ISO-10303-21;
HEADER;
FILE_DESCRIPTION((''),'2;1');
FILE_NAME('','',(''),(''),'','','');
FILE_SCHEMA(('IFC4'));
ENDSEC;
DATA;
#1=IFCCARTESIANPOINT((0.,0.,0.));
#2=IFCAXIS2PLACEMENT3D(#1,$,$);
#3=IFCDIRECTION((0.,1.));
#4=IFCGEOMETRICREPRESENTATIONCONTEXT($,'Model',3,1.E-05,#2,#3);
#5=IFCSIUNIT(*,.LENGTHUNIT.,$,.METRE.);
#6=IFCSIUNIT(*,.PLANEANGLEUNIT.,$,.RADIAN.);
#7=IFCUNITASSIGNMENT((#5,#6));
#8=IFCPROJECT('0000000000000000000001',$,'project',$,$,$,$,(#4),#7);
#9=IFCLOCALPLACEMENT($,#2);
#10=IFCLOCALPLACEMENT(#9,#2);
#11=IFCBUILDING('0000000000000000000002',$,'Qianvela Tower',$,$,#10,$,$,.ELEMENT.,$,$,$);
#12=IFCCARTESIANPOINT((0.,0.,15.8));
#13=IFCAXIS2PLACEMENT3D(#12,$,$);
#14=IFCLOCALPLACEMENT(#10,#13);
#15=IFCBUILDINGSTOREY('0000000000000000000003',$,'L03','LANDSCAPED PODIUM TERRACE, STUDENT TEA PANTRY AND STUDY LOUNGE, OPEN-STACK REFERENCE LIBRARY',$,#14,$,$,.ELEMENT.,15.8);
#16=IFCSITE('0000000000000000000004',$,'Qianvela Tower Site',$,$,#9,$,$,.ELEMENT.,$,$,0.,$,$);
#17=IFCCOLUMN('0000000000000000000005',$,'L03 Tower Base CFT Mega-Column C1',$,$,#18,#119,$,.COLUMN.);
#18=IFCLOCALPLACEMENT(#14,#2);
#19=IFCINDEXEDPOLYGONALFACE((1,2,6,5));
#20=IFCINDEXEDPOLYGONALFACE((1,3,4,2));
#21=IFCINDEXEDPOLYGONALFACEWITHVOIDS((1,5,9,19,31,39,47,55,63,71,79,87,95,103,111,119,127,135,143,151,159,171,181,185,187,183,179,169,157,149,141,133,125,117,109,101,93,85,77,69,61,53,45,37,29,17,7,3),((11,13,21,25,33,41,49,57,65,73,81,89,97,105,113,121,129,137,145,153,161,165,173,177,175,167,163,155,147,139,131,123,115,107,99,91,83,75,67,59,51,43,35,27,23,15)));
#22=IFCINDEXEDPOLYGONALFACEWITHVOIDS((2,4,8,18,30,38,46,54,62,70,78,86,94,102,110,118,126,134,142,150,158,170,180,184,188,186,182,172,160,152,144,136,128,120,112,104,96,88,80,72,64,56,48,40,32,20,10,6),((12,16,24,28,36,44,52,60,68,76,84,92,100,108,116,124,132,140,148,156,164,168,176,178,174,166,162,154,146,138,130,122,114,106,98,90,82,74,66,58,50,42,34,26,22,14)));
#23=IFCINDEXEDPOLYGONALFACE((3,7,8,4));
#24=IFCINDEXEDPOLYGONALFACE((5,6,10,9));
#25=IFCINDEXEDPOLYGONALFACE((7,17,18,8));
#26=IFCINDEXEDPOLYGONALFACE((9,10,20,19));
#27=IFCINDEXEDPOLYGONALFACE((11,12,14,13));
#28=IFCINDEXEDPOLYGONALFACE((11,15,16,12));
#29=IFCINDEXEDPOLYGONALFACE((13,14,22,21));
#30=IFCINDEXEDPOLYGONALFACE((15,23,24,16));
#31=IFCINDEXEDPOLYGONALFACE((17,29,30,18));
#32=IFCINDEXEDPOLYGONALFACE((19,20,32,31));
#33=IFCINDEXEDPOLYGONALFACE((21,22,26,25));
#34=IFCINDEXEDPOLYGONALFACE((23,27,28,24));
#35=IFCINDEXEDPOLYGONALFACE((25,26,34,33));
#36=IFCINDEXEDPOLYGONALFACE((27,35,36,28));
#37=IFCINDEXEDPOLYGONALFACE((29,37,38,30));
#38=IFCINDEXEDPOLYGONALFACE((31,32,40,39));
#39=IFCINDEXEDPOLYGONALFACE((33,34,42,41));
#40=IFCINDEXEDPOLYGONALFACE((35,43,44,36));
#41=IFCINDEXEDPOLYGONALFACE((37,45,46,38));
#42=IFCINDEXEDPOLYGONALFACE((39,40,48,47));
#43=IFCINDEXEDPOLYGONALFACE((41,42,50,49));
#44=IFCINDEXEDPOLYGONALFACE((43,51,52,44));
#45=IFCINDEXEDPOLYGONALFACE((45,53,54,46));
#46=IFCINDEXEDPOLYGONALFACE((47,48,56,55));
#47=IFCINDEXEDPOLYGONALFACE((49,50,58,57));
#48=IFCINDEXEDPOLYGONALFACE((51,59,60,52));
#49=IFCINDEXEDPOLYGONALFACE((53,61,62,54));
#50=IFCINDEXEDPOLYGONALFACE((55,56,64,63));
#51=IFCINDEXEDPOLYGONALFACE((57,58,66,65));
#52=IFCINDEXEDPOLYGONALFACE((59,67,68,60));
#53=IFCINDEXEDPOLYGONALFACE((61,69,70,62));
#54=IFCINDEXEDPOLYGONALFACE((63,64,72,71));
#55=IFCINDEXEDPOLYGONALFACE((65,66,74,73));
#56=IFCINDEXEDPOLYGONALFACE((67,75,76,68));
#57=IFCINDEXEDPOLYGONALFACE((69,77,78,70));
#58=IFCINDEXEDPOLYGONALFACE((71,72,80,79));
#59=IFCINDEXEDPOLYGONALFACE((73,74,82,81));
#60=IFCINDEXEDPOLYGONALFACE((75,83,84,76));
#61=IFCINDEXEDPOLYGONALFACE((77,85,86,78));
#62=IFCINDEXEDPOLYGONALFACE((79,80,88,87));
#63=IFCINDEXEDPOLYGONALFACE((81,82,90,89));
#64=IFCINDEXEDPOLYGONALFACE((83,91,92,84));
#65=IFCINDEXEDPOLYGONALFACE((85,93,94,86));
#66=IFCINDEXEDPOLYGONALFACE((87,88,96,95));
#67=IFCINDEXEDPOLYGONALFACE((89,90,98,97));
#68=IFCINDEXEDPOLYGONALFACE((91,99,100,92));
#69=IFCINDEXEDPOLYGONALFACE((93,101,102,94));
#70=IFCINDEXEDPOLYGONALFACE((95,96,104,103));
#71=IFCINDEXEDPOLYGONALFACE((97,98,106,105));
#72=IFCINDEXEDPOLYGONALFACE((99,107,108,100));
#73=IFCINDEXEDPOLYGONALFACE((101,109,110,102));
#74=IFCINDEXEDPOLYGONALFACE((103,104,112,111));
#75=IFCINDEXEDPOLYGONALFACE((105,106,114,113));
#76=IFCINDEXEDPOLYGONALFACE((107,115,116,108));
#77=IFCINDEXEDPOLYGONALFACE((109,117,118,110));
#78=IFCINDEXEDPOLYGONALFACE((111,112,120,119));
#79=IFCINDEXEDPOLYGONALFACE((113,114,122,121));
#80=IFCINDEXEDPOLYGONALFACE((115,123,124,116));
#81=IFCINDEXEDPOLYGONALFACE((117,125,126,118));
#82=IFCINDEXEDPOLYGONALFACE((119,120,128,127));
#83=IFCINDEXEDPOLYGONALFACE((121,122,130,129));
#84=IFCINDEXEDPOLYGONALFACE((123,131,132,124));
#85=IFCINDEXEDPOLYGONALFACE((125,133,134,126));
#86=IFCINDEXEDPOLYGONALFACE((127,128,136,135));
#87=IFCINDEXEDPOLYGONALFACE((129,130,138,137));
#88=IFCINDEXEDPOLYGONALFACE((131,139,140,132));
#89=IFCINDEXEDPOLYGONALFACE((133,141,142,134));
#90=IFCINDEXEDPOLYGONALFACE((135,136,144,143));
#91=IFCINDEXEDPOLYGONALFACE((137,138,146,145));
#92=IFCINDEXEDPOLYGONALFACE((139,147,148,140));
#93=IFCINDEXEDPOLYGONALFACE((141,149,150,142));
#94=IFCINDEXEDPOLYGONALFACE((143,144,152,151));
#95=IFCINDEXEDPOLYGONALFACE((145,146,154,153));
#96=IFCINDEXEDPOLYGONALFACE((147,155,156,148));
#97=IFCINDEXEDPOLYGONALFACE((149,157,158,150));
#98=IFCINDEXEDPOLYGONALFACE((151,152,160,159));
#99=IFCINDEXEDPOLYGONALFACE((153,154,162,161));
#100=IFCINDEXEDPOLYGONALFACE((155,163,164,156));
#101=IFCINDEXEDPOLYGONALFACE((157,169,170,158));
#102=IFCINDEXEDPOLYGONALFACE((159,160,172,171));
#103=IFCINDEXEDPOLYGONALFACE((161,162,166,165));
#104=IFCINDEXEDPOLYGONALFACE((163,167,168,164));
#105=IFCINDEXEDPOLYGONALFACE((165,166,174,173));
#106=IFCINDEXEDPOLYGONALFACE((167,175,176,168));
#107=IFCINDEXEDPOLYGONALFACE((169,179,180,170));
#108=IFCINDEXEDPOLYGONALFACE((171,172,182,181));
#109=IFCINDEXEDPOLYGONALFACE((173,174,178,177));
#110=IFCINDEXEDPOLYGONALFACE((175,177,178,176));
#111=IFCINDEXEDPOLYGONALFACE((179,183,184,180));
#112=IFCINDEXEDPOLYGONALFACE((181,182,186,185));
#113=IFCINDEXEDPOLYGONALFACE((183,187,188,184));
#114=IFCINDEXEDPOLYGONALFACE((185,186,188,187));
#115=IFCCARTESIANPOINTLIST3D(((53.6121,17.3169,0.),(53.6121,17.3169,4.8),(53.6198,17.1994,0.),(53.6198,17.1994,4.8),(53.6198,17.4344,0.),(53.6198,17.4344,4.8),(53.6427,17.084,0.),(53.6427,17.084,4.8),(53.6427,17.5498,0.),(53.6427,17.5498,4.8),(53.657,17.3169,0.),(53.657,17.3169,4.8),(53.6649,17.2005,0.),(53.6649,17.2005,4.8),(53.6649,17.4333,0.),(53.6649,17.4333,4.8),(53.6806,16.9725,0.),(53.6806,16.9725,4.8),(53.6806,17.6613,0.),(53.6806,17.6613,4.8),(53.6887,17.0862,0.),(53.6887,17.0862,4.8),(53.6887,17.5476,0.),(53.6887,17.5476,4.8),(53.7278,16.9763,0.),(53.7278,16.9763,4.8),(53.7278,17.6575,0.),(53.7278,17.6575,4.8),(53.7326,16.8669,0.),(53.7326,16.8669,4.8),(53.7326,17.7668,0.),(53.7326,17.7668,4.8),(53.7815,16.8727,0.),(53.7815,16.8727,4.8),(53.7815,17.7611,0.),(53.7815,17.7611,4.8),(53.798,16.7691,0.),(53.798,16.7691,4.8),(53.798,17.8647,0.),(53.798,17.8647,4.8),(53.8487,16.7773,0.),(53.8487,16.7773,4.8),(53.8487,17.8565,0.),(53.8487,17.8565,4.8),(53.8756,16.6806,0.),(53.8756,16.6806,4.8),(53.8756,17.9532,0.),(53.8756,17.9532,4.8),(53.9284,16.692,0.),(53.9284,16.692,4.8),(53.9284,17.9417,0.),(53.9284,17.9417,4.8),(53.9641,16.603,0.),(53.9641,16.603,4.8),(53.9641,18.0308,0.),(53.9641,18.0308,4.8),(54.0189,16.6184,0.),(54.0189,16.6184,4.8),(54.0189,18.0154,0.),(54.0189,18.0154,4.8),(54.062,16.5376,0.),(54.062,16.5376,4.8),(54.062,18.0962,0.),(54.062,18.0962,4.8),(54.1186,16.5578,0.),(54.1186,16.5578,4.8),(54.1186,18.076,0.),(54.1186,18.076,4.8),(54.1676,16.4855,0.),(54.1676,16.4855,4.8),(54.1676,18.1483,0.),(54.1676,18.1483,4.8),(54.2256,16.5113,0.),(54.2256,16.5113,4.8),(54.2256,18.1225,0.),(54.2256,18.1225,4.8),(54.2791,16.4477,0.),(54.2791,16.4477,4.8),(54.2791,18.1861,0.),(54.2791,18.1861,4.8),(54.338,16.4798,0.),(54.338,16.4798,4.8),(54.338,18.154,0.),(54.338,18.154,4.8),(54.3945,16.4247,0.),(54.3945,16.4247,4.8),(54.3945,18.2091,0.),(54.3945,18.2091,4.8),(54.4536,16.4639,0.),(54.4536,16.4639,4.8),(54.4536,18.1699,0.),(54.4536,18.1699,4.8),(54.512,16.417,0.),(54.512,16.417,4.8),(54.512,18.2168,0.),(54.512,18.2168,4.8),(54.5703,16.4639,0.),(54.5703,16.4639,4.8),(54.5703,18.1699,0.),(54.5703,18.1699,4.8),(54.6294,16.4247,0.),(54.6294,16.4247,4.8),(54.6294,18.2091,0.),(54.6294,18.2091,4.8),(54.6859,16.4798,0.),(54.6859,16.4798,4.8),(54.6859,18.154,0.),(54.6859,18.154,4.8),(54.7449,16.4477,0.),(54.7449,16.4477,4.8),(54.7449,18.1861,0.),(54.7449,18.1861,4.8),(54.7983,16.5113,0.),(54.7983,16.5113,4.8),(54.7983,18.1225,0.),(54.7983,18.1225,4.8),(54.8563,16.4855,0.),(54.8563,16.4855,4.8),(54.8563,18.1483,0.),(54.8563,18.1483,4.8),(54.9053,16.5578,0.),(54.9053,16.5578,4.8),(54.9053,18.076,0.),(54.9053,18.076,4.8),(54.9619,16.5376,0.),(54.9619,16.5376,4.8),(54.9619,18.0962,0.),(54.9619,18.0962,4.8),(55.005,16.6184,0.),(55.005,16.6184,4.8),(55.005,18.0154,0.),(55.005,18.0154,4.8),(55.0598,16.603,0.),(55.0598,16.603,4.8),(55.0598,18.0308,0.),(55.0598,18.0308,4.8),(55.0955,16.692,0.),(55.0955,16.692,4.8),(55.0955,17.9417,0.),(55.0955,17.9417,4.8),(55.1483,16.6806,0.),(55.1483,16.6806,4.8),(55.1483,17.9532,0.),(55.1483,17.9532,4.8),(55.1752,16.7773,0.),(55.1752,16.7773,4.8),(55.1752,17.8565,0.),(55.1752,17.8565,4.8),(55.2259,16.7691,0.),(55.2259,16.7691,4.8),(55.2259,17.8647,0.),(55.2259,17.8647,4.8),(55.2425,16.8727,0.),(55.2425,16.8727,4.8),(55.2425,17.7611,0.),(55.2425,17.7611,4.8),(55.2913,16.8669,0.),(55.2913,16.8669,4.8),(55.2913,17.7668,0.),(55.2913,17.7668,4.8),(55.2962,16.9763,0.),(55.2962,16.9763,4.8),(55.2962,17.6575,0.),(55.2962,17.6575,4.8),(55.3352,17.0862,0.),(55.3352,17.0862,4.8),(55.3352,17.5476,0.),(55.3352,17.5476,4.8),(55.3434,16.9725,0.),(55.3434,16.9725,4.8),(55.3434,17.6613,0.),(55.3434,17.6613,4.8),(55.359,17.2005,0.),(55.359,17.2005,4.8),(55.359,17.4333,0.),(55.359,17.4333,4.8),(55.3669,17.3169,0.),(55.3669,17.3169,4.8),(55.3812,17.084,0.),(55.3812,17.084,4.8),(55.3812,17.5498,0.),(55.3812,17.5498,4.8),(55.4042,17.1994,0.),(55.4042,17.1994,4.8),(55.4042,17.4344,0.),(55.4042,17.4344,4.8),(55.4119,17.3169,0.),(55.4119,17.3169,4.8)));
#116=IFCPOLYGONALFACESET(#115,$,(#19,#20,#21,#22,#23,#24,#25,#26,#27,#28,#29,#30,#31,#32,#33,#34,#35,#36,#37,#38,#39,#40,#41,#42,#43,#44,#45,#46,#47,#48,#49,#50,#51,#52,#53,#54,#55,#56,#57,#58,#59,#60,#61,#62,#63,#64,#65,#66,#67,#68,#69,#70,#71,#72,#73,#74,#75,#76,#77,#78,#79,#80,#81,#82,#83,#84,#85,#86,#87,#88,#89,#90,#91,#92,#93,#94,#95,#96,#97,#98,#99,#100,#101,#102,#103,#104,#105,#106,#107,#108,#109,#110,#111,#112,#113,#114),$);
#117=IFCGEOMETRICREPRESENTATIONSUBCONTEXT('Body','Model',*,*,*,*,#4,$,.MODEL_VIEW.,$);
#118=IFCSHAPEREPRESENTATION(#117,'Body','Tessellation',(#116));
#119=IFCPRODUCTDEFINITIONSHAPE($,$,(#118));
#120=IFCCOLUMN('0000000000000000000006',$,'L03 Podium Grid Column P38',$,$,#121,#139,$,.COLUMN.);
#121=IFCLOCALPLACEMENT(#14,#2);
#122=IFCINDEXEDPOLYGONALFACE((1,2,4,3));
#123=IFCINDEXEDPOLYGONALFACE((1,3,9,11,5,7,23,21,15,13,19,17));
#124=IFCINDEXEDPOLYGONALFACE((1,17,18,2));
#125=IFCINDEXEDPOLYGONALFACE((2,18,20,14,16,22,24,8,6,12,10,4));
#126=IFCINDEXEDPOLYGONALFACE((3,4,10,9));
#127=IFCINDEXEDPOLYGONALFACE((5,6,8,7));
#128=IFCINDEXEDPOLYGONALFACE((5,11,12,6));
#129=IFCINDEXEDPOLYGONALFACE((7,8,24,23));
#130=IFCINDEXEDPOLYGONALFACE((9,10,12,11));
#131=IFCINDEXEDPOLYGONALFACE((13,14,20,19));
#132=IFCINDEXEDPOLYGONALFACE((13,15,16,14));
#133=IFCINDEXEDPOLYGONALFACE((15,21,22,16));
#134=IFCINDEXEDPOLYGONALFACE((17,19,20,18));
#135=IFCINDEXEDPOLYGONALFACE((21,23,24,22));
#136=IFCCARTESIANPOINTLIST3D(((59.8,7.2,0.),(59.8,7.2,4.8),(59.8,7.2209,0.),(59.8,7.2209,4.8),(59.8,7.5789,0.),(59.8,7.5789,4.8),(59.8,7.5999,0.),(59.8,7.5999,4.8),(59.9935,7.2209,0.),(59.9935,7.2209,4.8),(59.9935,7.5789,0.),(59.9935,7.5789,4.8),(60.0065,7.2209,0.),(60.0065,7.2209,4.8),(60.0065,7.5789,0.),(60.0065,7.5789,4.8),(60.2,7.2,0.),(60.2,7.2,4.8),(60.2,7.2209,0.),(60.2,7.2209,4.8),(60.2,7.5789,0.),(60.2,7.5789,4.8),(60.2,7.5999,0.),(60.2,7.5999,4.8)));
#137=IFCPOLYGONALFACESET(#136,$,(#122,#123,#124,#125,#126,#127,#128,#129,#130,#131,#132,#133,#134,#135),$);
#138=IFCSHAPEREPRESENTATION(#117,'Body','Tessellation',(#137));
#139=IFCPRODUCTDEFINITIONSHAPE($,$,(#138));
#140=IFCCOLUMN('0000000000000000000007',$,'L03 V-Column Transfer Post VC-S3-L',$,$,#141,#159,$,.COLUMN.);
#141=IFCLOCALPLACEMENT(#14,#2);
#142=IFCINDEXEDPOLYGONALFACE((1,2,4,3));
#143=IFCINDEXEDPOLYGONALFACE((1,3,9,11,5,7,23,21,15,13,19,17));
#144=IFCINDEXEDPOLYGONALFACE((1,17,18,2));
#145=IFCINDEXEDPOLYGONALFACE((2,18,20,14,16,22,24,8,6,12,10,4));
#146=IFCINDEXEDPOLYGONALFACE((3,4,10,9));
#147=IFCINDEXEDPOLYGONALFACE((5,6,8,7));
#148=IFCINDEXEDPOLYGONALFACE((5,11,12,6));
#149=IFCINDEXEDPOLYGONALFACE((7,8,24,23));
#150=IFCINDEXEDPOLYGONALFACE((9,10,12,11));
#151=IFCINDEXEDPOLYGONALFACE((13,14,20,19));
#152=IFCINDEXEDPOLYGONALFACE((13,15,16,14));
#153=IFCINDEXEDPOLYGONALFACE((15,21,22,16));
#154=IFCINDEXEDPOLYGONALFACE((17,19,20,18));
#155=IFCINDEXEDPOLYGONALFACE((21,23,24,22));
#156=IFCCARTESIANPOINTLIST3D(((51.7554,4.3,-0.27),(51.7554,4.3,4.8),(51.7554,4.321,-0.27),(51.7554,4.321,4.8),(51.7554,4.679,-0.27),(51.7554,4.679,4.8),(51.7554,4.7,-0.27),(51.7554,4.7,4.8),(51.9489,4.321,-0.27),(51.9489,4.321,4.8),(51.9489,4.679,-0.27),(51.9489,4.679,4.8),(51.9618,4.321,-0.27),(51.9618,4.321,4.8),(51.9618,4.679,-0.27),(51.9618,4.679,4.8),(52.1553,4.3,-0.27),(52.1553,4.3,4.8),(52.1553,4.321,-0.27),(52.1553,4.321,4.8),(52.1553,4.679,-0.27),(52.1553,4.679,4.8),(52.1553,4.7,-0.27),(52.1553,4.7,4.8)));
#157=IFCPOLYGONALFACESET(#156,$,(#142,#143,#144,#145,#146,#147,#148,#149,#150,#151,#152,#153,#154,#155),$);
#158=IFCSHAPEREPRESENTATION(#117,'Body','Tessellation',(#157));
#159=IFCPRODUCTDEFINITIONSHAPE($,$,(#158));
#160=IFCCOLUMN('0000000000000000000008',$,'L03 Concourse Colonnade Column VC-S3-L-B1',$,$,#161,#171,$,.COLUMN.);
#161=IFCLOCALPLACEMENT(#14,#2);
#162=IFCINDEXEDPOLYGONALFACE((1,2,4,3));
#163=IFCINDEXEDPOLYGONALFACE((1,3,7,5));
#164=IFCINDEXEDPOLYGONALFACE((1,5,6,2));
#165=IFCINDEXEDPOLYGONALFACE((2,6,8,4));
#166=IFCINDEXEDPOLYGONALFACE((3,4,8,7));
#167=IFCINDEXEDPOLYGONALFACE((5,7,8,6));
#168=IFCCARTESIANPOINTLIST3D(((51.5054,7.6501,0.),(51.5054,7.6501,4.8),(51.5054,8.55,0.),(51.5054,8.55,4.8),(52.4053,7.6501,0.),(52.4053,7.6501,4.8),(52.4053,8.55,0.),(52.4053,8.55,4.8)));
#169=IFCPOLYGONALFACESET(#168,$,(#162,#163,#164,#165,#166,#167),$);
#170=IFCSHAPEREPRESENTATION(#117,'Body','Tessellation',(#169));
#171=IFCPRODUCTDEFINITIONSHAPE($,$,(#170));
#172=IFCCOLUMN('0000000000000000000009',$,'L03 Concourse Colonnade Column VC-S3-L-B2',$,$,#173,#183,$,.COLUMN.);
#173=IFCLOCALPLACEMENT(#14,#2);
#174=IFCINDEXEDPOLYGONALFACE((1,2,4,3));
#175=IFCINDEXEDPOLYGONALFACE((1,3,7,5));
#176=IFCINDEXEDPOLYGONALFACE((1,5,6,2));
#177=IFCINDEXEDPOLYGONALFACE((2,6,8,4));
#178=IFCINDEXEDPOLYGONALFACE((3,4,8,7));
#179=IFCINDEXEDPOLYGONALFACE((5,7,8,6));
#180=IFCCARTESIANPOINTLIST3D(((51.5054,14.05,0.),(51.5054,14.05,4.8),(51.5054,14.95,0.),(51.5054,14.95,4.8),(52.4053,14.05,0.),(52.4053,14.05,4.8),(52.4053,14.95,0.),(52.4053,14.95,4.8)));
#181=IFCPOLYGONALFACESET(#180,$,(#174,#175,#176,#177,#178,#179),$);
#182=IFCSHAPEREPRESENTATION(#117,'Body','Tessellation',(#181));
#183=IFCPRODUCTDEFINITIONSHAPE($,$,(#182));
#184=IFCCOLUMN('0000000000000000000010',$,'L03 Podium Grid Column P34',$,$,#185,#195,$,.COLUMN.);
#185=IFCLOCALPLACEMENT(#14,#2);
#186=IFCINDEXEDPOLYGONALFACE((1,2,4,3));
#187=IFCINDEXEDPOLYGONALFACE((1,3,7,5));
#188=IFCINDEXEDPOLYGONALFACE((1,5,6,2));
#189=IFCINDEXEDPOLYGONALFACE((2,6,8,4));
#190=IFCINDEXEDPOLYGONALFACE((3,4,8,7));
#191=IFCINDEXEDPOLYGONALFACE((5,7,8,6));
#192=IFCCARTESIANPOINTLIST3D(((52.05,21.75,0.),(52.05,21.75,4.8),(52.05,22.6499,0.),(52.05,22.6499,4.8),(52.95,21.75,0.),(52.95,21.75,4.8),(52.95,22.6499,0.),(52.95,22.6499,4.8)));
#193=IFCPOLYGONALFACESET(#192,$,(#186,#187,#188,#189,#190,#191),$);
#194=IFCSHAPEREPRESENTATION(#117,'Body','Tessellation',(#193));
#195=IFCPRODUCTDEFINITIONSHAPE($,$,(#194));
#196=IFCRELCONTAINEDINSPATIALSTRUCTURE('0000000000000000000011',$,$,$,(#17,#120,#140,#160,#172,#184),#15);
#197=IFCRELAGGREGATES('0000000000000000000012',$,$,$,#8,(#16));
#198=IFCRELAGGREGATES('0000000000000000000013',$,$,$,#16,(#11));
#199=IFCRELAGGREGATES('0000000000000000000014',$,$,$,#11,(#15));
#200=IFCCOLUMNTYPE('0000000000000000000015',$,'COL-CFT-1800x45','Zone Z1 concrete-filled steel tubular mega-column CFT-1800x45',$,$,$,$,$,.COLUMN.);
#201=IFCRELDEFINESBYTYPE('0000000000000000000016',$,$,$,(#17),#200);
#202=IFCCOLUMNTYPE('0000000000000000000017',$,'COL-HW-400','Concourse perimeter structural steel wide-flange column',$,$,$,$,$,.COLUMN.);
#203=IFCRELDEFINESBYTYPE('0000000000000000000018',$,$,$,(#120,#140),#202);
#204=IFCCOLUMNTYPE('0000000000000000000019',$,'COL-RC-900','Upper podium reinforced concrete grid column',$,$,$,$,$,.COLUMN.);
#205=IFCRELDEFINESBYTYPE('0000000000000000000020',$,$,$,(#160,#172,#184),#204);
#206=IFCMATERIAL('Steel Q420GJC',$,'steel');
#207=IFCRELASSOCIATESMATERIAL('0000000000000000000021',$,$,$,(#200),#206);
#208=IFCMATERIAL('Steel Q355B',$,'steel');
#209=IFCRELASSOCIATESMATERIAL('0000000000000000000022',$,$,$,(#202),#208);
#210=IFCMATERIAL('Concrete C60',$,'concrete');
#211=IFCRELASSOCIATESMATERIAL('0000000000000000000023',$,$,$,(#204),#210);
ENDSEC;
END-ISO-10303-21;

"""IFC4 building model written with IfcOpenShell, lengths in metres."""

from ifc_helpers import new_model, si_unit, direction, frame, origin, origin_2d, place, context, subcontext, project, spatial, rectangle, hollow_circle, i_section, extrude, material, material_profile, profile_set, type_object, element, save


model = new_model("IFC4")

# Units and contexts
model_context = context("Model", 3, precision=1e-05, world=origin(), true_north=direction((0.0, 1.0)))
body_context = subcontext(model_context, "Body", "Model", "MODEL_VIEW")
ifc_project = project(units=[si_unit("LENGTHUNIT", "METRE"), si_unit("PLANEANGLEUNIT", "RADIAN")], contexts=[model_context])

# Site, building, storey
site_placement = place(None, origin())
site = spatial("IfcSite", under=ifc_project, at=site_placement, Name="Qianvela Tower Site", CompositionType="ELEMENT", RefElevation=0.0)
building_placement = place(site_placement, origin())
building = spatial("IfcBuilding", under=site, at=building_placement, Name="Qianvela Tower", CompositionType="ELEMENT")
storey_placement = place(building_placement, frame((0.0, 0.0, 15.8)))
storey = spatial("IfcBuildingStorey", under=building, at=storey_placement, Name="L03", Description="LANDSCAPED PODIUM TERRACE, STUDENT TEA PANTRY AND STUDY LOUNGE, OPEN-STACK REFERENCE LIBRARY", CompositionType="ELEMENT", Elevation=15.8)

# Columns
ifc_material_1 = material(Name="Steel Q420GJC", Category="steel")
ifc_material_profile_1 = material_profile(ifc_material_1, hollow_circle(Radius=0.8999, WallThickness=0.0449, at=origin_2d()), Name="CFT-1800x45")
ifc_profile_set_1 = profile_set([ifc_material_profile_1], Name="Steel Q420GJC")
column_type_1 = type_object("IfcColumnType", Name="COL-CFT-1800x45", Description="Zone Z1 concrete-filled steel tubular mega-column CFT-1800x45", PredefinedType="COLUMN", material=ifc_profile_set_1)
column_1_placement = place(storey_placement, frame((54.512, 17.3169, 0.0), z_axis=(0.0, 0.0, 1.0), x_axis=(1.0, 0.0, 0.0)))
element("IfcColumn", 1, at=column_1_placement, inside=storey, type_object=column_type_1, Name="L03 Tower Base CFT Mega-Column C1", PredefinedType="COLUMN", context=body_context, shape_type="SweptSolid", body=[
    extrude(hollow_circle(Radius=0.8999, WallThickness=0.0449, at=origin_2d()), origin(), (0.0, 0.0, 1.0), 4.8),
])
ifc_material_2 = material(Name="Steel Q355B", Category="steel")
ifc_material_profile_2 = material_profile(ifc_material_2, i_section(OverallWidth=0.3999, OverallDepth=0.3999, WebThickness=0.0129, FlangeThickness=0.021, at=origin_2d()), Name="HW400x400x13x21")
ifc_profile_set_2 = profile_set([ifc_material_profile_2], Name="Steel Q355B")
column_type_2 = type_object("IfcColumnType", Name="COL-HW-400", Description="Concourse perimeter structural steel wide-flange column", PredefinedType="COLUMN", material=ifc_profile_set_2)
column_2_placement = place(storey_placement, frame((60.0, 7.3999, 0.0), z_axis=(0.0, 0.0, 1.0), x_axis=(1.0, 0.0, 0.0)))
element("IfcColumn", 2, at=column_2_placement, inside=storey, type_object=column_type_2, Name="L03 Podium Grid Column P38", PredefinedType="COLUMN", context=body_context, shape_type="SweptSolid", body=[
    extrude(i_section(OverallWidth=0.3999, OverallDepth=0.3999, WebThickness=0.0129, FlangeThickness=0.021, at=origin_2d()), origin(), (0.0, 0.0, 1.0), 4.8),
])
column_3_placement = place(storey_placement, frame((51.9553, 4.5, -0.27), z_axis=(0.0, 0.0, 1.0), x_axis=(1.0, 0.0, 0.0)))
element("IfcColumn", 3, at=column_3_placement, inside=storey, type_object=column_type_2, Name="L03 V-Column Transfer Post VC-S3-L", PredefinedType="COLUMN", context=body_context, shape_type="SweptSolid", body=[
    extrude(i_section(OverallWidth=0.3999, OverallDepth=0.3999, WebThickness=0.0129, FlangeThickness=0.021, at=origin_2d()), origin(), (0.0, 0.0, 1.0), 5.0701),
])
ifc_material_3 = material(Name="Concrete C60", Category="concrete")
ifc_material_profile_3 = material_profile(ifc_material_3, rectangle(XDim=0.8999, YDim=0.8999, at=origin_2d()), Name="RC-COL-900x900")
ifc_profile_set_3 = profile_set([ifc_material_profile_3], Name="Concrete C60")
column_type_3 = type_object("IfcColumnType", Name="COL-RC-900", Description="Upper podium reinforced concrete grid column", PredefinedType="COLUMN", material=ifc_profile_set_3)
for number, where, z_axis, x_axis, name in (
    (4, (51.9553, 8.1001, 0.0), (0.0, 0.0, 1.0), (1.0, 0.0, 0.0), "L03 Concourse Colonnade Column VC-S3-L-B1"),
    (5, (51.9553, 14.5, 0.0), (0.0, 0.0, 1.0), (1.0, 0.0, 0.0), "L03 Concourse Colonnade Column VC-S3-L-B2"),
    (6, (52.5, 22.2, 0.0), (0.0, 0.0, 1.0), (1.0, 0.0, 0.0), "L03 Podium Grid Column P34"),
):
    element("IfcColumn", number, at=place(storey_placement, frame(where, z_axis=z_axis, x_axis=x_axis)), inside=storey, type_object=column_type_3, Name=name, PredefinedType="COLUMN", context=body_context, shape_type="SweptSolid", body=[
        extrude(rectangle(XDim=0.8999, YDim=0.8999, at=origin_2d()), origin(), (0.0, 0.0, 1.0), 4.8),
    ])

save(model, "model.ifc")
